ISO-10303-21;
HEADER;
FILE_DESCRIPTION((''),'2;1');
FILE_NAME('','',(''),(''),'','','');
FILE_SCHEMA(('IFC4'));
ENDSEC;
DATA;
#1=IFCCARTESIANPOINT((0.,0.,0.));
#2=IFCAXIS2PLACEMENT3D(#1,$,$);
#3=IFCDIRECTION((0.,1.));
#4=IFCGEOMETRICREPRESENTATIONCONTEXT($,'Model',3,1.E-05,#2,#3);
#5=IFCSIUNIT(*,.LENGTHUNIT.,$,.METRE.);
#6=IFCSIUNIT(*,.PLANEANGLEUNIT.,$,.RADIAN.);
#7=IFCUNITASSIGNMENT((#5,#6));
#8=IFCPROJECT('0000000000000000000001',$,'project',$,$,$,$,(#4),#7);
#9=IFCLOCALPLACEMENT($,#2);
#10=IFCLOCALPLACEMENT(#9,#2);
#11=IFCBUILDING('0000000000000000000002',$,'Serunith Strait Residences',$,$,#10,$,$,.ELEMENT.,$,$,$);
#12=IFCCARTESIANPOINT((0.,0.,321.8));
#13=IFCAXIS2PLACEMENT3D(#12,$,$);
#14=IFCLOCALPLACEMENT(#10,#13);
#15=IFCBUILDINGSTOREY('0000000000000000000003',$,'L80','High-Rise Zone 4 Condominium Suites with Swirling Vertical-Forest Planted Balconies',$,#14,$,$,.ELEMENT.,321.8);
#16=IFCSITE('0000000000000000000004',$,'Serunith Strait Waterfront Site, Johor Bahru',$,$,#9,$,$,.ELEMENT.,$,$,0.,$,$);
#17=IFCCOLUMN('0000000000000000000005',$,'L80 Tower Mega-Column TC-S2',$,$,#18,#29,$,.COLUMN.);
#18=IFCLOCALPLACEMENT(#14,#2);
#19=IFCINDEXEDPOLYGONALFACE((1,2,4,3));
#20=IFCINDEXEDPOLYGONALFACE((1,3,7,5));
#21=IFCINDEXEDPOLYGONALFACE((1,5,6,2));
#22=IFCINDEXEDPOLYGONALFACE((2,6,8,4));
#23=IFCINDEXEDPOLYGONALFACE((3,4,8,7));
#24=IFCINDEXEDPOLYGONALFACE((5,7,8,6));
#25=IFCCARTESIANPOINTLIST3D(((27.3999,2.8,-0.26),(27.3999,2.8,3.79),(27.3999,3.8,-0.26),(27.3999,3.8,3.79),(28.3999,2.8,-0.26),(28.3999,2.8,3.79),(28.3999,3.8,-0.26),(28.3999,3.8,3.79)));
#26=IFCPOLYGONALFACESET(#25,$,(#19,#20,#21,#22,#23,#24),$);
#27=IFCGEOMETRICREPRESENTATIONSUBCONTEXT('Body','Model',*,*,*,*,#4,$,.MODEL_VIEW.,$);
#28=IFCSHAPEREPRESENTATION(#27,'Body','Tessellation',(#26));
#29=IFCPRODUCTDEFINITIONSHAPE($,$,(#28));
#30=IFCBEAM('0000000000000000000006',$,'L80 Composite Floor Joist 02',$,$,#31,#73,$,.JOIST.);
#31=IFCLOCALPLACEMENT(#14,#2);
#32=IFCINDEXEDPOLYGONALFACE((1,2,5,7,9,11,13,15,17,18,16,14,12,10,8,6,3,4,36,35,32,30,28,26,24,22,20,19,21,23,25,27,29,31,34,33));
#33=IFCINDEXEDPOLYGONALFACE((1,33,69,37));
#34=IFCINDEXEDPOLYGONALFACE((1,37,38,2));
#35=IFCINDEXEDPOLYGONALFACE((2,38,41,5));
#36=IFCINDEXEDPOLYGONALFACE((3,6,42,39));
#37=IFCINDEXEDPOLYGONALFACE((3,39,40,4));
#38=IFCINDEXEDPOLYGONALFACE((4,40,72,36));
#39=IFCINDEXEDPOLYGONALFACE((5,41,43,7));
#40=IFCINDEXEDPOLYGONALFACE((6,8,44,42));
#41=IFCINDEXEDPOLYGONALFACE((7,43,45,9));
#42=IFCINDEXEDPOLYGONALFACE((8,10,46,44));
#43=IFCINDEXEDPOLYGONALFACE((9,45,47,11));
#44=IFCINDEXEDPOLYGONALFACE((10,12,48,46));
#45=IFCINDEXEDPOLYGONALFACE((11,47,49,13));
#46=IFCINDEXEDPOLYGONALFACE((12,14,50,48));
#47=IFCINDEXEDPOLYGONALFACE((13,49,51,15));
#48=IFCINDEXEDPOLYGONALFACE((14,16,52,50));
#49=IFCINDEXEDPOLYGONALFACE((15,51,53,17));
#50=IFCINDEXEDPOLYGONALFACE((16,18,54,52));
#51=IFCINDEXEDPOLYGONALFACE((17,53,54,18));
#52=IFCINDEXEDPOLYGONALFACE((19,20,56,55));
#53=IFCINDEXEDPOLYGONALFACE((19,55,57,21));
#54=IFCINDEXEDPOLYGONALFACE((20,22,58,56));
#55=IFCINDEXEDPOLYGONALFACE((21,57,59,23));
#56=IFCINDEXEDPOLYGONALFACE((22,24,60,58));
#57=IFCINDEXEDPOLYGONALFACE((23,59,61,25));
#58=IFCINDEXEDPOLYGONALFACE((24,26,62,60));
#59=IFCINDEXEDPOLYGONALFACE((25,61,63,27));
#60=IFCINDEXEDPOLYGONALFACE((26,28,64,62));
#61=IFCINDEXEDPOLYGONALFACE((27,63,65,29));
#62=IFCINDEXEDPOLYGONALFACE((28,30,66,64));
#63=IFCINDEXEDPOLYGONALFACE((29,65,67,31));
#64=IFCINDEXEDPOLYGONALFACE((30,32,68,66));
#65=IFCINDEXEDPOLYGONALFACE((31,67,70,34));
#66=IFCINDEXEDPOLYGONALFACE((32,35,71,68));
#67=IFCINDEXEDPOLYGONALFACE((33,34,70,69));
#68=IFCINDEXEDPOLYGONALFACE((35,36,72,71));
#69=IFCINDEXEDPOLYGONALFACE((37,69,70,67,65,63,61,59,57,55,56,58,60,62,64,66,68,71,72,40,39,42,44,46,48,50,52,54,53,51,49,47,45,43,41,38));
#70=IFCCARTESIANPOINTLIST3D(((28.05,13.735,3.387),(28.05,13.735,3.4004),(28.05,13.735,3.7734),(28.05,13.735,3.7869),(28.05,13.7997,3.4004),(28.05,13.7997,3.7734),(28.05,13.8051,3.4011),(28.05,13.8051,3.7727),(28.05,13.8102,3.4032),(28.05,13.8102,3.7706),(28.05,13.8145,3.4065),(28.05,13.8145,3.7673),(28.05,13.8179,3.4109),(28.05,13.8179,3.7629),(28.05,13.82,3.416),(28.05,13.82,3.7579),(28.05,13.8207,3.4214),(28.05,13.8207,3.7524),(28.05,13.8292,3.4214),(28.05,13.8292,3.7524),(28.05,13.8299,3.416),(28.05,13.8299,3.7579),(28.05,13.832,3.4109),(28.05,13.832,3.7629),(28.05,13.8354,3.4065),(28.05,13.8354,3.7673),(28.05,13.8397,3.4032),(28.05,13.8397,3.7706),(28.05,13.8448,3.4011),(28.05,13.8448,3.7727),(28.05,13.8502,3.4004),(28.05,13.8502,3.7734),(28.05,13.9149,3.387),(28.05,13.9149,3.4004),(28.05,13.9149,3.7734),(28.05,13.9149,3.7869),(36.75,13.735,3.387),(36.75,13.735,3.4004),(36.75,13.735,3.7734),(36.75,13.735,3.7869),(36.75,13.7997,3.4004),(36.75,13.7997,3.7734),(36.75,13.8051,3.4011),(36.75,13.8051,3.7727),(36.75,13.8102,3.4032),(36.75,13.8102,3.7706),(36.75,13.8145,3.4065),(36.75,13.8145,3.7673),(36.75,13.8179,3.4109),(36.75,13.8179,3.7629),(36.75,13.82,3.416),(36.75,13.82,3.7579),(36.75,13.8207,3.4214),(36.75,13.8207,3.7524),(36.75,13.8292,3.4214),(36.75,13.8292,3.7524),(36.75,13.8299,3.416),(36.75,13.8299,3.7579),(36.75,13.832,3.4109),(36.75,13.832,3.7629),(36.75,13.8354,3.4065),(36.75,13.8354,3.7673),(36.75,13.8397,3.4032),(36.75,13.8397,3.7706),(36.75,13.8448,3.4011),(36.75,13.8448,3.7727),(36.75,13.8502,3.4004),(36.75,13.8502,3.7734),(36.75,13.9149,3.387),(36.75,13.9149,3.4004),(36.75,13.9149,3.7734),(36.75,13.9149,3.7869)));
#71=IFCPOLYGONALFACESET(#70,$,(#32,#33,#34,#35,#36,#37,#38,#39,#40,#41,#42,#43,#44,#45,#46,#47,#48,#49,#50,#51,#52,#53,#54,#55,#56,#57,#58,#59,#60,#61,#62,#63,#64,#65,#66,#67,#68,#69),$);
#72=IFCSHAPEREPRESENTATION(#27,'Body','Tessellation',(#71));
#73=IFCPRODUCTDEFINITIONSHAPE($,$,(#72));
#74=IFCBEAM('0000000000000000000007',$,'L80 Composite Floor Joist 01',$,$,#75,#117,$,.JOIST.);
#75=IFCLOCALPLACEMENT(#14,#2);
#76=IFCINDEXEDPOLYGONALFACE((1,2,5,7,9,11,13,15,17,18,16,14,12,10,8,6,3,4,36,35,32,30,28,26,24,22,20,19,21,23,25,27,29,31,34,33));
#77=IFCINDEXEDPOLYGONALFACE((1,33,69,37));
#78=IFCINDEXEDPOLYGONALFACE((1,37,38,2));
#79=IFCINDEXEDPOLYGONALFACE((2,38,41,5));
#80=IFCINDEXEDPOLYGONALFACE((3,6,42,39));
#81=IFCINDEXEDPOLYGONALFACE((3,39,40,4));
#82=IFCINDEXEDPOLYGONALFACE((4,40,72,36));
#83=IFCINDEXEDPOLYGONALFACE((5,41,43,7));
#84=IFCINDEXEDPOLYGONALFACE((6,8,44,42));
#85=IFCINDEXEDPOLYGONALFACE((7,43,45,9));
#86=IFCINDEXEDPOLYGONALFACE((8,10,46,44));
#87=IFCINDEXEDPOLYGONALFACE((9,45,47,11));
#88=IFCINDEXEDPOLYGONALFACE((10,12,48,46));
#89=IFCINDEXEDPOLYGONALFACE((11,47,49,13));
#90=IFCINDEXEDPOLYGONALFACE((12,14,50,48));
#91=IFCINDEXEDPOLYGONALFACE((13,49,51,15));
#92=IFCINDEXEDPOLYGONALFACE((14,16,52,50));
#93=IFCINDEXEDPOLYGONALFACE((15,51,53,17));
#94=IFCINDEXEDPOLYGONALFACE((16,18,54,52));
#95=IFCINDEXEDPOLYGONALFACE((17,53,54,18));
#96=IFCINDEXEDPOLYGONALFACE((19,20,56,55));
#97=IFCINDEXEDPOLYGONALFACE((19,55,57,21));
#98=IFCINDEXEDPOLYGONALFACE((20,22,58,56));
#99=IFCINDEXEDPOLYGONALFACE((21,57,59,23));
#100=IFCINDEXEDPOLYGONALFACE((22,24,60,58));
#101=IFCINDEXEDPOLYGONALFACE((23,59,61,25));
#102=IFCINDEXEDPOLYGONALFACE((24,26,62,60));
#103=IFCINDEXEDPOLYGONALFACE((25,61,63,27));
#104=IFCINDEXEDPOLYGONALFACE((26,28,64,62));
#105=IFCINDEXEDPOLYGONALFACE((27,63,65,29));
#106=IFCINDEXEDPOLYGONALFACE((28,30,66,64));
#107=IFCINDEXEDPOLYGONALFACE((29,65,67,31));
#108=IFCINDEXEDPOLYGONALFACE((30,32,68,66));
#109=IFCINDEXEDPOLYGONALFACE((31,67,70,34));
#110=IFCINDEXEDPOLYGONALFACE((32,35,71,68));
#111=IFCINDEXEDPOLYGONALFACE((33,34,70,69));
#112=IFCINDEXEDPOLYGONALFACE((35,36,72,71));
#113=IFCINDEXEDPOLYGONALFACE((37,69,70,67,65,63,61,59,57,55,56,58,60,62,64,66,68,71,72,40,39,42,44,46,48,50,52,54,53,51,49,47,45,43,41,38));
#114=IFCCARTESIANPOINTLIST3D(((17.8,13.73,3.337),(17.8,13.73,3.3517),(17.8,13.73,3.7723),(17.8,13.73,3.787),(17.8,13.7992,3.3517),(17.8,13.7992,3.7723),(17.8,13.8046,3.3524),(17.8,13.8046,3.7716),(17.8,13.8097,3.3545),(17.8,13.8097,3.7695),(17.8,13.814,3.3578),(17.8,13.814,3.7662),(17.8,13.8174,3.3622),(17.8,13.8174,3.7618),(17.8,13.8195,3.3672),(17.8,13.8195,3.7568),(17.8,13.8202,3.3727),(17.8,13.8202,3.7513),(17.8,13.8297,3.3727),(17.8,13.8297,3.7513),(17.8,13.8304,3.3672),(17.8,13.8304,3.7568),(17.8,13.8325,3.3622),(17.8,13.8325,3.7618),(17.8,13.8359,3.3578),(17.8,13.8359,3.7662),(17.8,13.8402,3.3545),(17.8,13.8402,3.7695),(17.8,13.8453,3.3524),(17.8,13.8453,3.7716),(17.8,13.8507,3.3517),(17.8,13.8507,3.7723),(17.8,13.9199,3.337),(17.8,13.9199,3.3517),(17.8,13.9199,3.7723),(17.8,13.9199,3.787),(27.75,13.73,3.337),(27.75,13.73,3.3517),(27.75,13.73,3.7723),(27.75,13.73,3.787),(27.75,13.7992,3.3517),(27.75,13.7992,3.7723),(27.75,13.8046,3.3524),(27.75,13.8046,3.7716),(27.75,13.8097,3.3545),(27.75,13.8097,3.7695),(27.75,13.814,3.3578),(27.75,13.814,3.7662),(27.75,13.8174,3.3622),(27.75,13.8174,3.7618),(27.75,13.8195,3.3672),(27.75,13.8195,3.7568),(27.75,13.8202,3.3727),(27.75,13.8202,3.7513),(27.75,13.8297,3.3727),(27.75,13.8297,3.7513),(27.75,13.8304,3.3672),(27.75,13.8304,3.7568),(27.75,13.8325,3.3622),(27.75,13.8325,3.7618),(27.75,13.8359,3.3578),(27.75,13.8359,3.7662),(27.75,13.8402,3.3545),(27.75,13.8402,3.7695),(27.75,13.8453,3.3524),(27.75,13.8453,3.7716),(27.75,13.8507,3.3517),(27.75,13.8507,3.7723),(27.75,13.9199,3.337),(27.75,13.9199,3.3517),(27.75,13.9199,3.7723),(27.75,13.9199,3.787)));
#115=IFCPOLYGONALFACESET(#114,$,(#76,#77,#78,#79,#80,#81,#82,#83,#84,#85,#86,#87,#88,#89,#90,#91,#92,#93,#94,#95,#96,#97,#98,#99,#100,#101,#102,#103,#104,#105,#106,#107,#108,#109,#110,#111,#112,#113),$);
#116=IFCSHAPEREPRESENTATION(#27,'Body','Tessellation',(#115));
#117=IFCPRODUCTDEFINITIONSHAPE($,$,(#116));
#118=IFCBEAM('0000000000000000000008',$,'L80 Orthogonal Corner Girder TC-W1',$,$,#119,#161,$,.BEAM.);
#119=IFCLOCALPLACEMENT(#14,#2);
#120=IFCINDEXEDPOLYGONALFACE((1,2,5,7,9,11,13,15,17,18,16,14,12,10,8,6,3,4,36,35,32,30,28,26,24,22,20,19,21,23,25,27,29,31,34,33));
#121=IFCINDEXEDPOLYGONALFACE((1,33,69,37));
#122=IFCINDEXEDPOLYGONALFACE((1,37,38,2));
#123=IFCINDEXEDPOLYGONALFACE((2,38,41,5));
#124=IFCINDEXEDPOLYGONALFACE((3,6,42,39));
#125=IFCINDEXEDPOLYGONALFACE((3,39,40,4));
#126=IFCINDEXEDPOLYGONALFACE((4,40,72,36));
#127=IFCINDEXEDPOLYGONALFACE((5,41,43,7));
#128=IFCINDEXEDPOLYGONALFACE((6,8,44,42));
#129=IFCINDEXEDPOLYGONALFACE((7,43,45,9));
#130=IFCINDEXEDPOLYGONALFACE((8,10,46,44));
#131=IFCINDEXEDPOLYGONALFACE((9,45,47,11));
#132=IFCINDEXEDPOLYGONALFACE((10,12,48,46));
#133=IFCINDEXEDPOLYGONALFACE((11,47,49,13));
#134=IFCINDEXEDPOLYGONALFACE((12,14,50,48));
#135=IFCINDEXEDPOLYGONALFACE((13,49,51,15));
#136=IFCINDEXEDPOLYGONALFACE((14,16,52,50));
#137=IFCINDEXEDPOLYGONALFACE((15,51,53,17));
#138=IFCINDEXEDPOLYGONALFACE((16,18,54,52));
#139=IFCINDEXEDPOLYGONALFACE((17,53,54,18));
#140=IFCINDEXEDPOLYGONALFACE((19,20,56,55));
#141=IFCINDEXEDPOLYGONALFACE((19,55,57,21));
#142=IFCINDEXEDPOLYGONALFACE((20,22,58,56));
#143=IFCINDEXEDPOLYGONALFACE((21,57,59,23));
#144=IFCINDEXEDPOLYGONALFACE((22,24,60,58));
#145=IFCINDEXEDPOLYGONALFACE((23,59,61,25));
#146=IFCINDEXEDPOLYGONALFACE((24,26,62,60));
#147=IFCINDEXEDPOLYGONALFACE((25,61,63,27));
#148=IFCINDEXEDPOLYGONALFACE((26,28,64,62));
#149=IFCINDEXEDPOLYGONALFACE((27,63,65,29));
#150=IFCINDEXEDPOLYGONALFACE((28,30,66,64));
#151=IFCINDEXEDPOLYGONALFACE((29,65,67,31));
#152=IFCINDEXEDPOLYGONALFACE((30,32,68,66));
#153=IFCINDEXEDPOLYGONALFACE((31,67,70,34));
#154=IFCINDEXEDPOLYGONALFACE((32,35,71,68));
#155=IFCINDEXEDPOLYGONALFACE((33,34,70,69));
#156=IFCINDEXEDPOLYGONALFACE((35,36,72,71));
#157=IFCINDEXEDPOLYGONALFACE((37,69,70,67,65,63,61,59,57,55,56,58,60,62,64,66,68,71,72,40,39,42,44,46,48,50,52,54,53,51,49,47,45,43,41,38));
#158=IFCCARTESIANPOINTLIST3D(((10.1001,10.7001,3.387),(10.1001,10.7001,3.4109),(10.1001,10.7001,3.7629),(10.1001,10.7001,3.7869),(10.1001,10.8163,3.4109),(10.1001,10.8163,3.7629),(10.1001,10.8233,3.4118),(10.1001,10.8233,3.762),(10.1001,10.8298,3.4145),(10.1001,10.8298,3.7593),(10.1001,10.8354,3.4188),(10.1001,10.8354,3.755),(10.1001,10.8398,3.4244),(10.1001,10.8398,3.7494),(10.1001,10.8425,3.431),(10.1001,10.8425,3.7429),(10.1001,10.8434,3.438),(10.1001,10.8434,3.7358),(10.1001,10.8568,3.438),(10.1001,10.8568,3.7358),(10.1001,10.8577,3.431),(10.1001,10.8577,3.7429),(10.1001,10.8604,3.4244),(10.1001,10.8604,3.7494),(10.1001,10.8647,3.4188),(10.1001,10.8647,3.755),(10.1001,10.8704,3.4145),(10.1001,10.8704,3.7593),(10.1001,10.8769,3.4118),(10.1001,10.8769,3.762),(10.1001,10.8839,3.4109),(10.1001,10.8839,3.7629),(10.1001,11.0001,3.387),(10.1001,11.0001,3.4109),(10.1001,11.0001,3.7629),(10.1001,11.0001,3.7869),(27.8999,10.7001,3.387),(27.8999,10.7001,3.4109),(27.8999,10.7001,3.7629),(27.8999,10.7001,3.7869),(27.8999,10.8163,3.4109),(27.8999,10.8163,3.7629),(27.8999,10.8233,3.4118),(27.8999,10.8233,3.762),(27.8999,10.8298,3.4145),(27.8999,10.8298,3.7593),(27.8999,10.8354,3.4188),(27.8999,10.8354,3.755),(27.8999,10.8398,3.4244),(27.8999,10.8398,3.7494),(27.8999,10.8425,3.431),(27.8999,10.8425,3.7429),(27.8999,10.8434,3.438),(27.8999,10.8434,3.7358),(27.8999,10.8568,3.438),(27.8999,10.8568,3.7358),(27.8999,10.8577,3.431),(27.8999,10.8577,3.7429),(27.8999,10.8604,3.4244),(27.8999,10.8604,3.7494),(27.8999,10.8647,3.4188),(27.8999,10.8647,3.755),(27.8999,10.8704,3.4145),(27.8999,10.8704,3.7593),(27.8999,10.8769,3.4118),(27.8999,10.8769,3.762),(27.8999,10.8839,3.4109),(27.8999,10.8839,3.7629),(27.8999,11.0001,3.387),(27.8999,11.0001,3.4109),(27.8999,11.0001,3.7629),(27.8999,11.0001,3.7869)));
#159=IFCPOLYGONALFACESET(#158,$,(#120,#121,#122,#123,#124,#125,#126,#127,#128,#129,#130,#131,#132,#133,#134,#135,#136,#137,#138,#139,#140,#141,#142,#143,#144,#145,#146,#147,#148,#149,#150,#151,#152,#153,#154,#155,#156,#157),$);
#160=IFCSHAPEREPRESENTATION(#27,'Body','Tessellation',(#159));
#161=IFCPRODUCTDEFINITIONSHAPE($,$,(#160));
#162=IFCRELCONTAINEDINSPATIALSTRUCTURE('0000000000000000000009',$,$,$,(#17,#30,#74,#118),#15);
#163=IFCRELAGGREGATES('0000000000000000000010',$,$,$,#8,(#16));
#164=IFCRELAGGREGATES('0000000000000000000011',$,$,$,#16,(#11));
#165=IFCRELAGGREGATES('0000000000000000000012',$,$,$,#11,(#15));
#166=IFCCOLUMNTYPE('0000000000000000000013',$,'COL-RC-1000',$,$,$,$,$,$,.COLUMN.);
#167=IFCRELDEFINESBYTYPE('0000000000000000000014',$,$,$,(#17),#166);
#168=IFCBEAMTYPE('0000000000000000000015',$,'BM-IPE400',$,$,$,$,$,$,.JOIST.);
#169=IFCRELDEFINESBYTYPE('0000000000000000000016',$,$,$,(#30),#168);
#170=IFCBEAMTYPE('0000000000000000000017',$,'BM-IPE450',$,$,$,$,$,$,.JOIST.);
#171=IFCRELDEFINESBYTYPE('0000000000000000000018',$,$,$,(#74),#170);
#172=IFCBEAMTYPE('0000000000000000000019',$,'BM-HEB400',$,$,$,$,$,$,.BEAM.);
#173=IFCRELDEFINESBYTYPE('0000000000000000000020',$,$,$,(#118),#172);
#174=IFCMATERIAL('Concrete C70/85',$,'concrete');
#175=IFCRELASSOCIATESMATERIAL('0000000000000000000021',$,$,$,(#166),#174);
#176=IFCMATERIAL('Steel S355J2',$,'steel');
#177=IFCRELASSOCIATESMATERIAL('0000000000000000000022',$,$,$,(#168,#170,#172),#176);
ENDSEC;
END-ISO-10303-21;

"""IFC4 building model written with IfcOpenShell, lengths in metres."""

from ifc_helpers import new_model, si_unit, direction, frame, origin, origin_2d, place, context, subcontext, project, spatial, rectangle, i_section, extrude, source, transform, mapped, material, material_profile, profile_set, type_object, element, save


model = new_model("IFC4")

# Units and contexts
model_context = context("Model", 3, precision=1e-05, world=origin(), true_north=direction((0.0, 1.0)))
body_context = subcontext(model_context, "Body", "Model", "MODEL_VIEW")
ifc_project = project(units=[si_unit("LENGTHUNIT", "METRE"), si_unit("PLANEANGLEUNIT", "RADIAN")], contexts=[model_context])

# Site, building, storey
site_placement = place(None, origin())
site = spatial("IfcSite", under=ifc_project, at=site_placement, Name="Serunith Strait Waterfront Site, Johor Bahru", CompositionType="ELEMENT", RefElevation=0.0)
building_placement = place(site_placement, origin())
building = spatial("IfcBuilding", under=site, at=building_placement, Name="Serunith Strait Residences", CompositionType="ELEMENT")
storey_placement = place(building_placement, frame((0.0, 0.0, 321.8)))
storey = spatial("IfcBuildingStorey", under=building, at=storey_placement, Name="L80", Description="High-Rise Zone 4 Condominium Suites with Swirling Vertical-Forest Planted Balconies", CompositionType="ELEMENT", Elevation=321.8)

# Column
ifc_material_1 = material(Name="Concrete C70/85", Category="concrete")
ifc_material_profile_1 = material_profile(ifc_material_1, rectangle(XDim=1.0, YDim=1.0, at=origin_2d()), Name="RC 1000x1000")
ifc_profile_set_1 = profile_set([ifc_material_profile_1], Name="Concrete C70/85")
column_type = type_object("IfcColumnType", Name="COL-RC-1000", PredefinedType="COLUMN", material=ifc_profile_set_1)
shared_shape_1 = source(origin(), body_context, "Body", "SweptSolid", [
    extrude(rectangle(XDim=1.0, YDim=1.0, at=origin_2d()), origin(), (0.0, 0.0, 1.0), 4.05),
])
column_placement = place(storey_placement, frame((27.8999, 3.3, -0.26), z_axis=(0.0, 0.0, 1.0), x_axis=(1.0, 0.0, 0.0)))
element("IfcColumn", 1, at=column_placement, inside=storey, type_object=column_type, Name="L80 Tower Mega-Column TC-S2", PredefinedType="COLUMN", context=body_context, shape_type="MappedRepresentation", body=[
    mapped(shared_shape_1, transform((0.0, 0.0, 0.0), scale=1.0)),
])

# Beams
ifc_material_2 = material(Name="Steel S355J2", Category="steel")
ifc_material_profile_2 = material_profile(ifc_material_2, i_section(OverallWidth=0.1799, OverallDepth=0.3999, WebThickness=0.0085, FlangeThickness=0.0134, FilletRadius=0.021, at=origin_2d()), Name="IPE 400")
ifc_profile_set_2 = profile_set([ifc_material_profile_2], Name="Steel S355J2")
beam_type_1 = type_object("IfcBeamType", Name="BM-IPE400", PredefinedType="JOIST", material=ifc_profile_set_2)
shared_shape_2 = source(origin(), body_context, "Body", "SweptSolid", [
    extrude(i_section(OverallWidth=0.1799, OverallDepth=0.3999, WebThickness=0.0085, FlangeThickness=0.0134, FilletRadius=0.021, at=origin_2d()), origin(), (0.0, 0.0, 1.0), 8.7),
])
beam_1_placement = place(storey_placement, frame((28.05, 13.825, 3.5869), z_axis=(1.0, 0.0, 0.0), x_axis=(0.0, 1.0, 0.0)))
element("IfcBeam", 2, at=beam_1_placement, inside=storey, type_object=beam_type_1, Name="L80 Composite Floor Joist 02", PredefinedType="JOIST", context=body_context, shape_type="MappedRepresentation", body=[
    mapped(shared_shape_2, transform((0.0, 0.0, 0.0), scale=1.0)),
])
ifc_material_profile_3 = material_profile(ifc_material_2, i_section(OverallWidth=0.1899, OverallDepth=0.45, WebThickness=0.0095, FlangeThickness=0.0146, FilletRadius=0.021, at=origin_2d()), Name="IPE 450")
ifc_profile_set_3 = profile_set([ifc_material_profile_3], Name="Steel S355J2")
beam_type_2 = type_object("IfcBeamType", Name="BM-IPE450", PredefinedType="JOIST", material=ifc_profile_set_3)
shared_shape_3 = source(origin(), body_context, "Body", "SweptSolid", [
    extrude(i_section(OverallWidth=0.1899, OverallDepth=0.45, WebThickness=0.0095, FlangeThickness=0.0146, FilletRadius=0.021, at=origin_2d()), origin(), (0.0, 0.0, 1.0), 9.95),
])
beam_2_placement = place(storey_placement, frame((17.8, 13.825, 3.562), z_axis=(1.0, 0.0, 0.0), x_axis=(0.0, 1.0, 0.0)))
element("IfcBeam", 3, at=beam_2_placement, inside=storey, type_object=beam_type_2, Name="L80 Composite Floor Joist 01", PredefinedType="JOIST", context=body_context, shape_type="MappedRepresentation", body=[
    mapped(shared_shape_3, transform((0.0, 0.0, 0.0), scale=1.0)),
])
ifc_material_profile_4 = material_profile(ifc_material_2, i_section(OverallWidth=0.3, OverallDepth=0.3999, WebThickness=0.0134, FlangeThickness=0.0239, FilletRadius=0.0271, at=origin_2d()), Name="HEB 400")
ifc_profile_set_4 = profile_set([ifc_material_profile_4], Name="Steel S355J2")
beam_type_3 = type_object("IfcBeamType", Name="BM-HEB400", PredefinedType="BEAM", material=ifc_profile_set_4)
shared_shape_4 = source(origin(), body_context, "Body", "SweptSolid", [
    extrude(i_section(OverallWidth=0.3, OverallDepth=0.3999, WebThickness=0.0134, FlangeThickness=0.0239, FilletRadius=0.0271, at=origin_2d()), origin(), (0.0, 0.0, 1.0), 17.7998),
])
beam_3_placement = place(storey_placement, frame((27.8999, 10.8501, 3.5869), z_axis=(-1.0, 0.0, 0.0), x_axis=(0.0, -1.0, 0.0)))
element("IfcBeam", 4, at=beam_3_placement, inside=storey, type_object=beam_type_3, Name="L80 Orthogonal Corner Girder TC-W1", PredefinedType="BEAM", context=body_context, shape_type="MappedRepresentation", body=[
    mapped(shared_shape_4, transform((0.0, 0.0, 0.0), scale=1.0)),
])

save(model, "model.ifc")
